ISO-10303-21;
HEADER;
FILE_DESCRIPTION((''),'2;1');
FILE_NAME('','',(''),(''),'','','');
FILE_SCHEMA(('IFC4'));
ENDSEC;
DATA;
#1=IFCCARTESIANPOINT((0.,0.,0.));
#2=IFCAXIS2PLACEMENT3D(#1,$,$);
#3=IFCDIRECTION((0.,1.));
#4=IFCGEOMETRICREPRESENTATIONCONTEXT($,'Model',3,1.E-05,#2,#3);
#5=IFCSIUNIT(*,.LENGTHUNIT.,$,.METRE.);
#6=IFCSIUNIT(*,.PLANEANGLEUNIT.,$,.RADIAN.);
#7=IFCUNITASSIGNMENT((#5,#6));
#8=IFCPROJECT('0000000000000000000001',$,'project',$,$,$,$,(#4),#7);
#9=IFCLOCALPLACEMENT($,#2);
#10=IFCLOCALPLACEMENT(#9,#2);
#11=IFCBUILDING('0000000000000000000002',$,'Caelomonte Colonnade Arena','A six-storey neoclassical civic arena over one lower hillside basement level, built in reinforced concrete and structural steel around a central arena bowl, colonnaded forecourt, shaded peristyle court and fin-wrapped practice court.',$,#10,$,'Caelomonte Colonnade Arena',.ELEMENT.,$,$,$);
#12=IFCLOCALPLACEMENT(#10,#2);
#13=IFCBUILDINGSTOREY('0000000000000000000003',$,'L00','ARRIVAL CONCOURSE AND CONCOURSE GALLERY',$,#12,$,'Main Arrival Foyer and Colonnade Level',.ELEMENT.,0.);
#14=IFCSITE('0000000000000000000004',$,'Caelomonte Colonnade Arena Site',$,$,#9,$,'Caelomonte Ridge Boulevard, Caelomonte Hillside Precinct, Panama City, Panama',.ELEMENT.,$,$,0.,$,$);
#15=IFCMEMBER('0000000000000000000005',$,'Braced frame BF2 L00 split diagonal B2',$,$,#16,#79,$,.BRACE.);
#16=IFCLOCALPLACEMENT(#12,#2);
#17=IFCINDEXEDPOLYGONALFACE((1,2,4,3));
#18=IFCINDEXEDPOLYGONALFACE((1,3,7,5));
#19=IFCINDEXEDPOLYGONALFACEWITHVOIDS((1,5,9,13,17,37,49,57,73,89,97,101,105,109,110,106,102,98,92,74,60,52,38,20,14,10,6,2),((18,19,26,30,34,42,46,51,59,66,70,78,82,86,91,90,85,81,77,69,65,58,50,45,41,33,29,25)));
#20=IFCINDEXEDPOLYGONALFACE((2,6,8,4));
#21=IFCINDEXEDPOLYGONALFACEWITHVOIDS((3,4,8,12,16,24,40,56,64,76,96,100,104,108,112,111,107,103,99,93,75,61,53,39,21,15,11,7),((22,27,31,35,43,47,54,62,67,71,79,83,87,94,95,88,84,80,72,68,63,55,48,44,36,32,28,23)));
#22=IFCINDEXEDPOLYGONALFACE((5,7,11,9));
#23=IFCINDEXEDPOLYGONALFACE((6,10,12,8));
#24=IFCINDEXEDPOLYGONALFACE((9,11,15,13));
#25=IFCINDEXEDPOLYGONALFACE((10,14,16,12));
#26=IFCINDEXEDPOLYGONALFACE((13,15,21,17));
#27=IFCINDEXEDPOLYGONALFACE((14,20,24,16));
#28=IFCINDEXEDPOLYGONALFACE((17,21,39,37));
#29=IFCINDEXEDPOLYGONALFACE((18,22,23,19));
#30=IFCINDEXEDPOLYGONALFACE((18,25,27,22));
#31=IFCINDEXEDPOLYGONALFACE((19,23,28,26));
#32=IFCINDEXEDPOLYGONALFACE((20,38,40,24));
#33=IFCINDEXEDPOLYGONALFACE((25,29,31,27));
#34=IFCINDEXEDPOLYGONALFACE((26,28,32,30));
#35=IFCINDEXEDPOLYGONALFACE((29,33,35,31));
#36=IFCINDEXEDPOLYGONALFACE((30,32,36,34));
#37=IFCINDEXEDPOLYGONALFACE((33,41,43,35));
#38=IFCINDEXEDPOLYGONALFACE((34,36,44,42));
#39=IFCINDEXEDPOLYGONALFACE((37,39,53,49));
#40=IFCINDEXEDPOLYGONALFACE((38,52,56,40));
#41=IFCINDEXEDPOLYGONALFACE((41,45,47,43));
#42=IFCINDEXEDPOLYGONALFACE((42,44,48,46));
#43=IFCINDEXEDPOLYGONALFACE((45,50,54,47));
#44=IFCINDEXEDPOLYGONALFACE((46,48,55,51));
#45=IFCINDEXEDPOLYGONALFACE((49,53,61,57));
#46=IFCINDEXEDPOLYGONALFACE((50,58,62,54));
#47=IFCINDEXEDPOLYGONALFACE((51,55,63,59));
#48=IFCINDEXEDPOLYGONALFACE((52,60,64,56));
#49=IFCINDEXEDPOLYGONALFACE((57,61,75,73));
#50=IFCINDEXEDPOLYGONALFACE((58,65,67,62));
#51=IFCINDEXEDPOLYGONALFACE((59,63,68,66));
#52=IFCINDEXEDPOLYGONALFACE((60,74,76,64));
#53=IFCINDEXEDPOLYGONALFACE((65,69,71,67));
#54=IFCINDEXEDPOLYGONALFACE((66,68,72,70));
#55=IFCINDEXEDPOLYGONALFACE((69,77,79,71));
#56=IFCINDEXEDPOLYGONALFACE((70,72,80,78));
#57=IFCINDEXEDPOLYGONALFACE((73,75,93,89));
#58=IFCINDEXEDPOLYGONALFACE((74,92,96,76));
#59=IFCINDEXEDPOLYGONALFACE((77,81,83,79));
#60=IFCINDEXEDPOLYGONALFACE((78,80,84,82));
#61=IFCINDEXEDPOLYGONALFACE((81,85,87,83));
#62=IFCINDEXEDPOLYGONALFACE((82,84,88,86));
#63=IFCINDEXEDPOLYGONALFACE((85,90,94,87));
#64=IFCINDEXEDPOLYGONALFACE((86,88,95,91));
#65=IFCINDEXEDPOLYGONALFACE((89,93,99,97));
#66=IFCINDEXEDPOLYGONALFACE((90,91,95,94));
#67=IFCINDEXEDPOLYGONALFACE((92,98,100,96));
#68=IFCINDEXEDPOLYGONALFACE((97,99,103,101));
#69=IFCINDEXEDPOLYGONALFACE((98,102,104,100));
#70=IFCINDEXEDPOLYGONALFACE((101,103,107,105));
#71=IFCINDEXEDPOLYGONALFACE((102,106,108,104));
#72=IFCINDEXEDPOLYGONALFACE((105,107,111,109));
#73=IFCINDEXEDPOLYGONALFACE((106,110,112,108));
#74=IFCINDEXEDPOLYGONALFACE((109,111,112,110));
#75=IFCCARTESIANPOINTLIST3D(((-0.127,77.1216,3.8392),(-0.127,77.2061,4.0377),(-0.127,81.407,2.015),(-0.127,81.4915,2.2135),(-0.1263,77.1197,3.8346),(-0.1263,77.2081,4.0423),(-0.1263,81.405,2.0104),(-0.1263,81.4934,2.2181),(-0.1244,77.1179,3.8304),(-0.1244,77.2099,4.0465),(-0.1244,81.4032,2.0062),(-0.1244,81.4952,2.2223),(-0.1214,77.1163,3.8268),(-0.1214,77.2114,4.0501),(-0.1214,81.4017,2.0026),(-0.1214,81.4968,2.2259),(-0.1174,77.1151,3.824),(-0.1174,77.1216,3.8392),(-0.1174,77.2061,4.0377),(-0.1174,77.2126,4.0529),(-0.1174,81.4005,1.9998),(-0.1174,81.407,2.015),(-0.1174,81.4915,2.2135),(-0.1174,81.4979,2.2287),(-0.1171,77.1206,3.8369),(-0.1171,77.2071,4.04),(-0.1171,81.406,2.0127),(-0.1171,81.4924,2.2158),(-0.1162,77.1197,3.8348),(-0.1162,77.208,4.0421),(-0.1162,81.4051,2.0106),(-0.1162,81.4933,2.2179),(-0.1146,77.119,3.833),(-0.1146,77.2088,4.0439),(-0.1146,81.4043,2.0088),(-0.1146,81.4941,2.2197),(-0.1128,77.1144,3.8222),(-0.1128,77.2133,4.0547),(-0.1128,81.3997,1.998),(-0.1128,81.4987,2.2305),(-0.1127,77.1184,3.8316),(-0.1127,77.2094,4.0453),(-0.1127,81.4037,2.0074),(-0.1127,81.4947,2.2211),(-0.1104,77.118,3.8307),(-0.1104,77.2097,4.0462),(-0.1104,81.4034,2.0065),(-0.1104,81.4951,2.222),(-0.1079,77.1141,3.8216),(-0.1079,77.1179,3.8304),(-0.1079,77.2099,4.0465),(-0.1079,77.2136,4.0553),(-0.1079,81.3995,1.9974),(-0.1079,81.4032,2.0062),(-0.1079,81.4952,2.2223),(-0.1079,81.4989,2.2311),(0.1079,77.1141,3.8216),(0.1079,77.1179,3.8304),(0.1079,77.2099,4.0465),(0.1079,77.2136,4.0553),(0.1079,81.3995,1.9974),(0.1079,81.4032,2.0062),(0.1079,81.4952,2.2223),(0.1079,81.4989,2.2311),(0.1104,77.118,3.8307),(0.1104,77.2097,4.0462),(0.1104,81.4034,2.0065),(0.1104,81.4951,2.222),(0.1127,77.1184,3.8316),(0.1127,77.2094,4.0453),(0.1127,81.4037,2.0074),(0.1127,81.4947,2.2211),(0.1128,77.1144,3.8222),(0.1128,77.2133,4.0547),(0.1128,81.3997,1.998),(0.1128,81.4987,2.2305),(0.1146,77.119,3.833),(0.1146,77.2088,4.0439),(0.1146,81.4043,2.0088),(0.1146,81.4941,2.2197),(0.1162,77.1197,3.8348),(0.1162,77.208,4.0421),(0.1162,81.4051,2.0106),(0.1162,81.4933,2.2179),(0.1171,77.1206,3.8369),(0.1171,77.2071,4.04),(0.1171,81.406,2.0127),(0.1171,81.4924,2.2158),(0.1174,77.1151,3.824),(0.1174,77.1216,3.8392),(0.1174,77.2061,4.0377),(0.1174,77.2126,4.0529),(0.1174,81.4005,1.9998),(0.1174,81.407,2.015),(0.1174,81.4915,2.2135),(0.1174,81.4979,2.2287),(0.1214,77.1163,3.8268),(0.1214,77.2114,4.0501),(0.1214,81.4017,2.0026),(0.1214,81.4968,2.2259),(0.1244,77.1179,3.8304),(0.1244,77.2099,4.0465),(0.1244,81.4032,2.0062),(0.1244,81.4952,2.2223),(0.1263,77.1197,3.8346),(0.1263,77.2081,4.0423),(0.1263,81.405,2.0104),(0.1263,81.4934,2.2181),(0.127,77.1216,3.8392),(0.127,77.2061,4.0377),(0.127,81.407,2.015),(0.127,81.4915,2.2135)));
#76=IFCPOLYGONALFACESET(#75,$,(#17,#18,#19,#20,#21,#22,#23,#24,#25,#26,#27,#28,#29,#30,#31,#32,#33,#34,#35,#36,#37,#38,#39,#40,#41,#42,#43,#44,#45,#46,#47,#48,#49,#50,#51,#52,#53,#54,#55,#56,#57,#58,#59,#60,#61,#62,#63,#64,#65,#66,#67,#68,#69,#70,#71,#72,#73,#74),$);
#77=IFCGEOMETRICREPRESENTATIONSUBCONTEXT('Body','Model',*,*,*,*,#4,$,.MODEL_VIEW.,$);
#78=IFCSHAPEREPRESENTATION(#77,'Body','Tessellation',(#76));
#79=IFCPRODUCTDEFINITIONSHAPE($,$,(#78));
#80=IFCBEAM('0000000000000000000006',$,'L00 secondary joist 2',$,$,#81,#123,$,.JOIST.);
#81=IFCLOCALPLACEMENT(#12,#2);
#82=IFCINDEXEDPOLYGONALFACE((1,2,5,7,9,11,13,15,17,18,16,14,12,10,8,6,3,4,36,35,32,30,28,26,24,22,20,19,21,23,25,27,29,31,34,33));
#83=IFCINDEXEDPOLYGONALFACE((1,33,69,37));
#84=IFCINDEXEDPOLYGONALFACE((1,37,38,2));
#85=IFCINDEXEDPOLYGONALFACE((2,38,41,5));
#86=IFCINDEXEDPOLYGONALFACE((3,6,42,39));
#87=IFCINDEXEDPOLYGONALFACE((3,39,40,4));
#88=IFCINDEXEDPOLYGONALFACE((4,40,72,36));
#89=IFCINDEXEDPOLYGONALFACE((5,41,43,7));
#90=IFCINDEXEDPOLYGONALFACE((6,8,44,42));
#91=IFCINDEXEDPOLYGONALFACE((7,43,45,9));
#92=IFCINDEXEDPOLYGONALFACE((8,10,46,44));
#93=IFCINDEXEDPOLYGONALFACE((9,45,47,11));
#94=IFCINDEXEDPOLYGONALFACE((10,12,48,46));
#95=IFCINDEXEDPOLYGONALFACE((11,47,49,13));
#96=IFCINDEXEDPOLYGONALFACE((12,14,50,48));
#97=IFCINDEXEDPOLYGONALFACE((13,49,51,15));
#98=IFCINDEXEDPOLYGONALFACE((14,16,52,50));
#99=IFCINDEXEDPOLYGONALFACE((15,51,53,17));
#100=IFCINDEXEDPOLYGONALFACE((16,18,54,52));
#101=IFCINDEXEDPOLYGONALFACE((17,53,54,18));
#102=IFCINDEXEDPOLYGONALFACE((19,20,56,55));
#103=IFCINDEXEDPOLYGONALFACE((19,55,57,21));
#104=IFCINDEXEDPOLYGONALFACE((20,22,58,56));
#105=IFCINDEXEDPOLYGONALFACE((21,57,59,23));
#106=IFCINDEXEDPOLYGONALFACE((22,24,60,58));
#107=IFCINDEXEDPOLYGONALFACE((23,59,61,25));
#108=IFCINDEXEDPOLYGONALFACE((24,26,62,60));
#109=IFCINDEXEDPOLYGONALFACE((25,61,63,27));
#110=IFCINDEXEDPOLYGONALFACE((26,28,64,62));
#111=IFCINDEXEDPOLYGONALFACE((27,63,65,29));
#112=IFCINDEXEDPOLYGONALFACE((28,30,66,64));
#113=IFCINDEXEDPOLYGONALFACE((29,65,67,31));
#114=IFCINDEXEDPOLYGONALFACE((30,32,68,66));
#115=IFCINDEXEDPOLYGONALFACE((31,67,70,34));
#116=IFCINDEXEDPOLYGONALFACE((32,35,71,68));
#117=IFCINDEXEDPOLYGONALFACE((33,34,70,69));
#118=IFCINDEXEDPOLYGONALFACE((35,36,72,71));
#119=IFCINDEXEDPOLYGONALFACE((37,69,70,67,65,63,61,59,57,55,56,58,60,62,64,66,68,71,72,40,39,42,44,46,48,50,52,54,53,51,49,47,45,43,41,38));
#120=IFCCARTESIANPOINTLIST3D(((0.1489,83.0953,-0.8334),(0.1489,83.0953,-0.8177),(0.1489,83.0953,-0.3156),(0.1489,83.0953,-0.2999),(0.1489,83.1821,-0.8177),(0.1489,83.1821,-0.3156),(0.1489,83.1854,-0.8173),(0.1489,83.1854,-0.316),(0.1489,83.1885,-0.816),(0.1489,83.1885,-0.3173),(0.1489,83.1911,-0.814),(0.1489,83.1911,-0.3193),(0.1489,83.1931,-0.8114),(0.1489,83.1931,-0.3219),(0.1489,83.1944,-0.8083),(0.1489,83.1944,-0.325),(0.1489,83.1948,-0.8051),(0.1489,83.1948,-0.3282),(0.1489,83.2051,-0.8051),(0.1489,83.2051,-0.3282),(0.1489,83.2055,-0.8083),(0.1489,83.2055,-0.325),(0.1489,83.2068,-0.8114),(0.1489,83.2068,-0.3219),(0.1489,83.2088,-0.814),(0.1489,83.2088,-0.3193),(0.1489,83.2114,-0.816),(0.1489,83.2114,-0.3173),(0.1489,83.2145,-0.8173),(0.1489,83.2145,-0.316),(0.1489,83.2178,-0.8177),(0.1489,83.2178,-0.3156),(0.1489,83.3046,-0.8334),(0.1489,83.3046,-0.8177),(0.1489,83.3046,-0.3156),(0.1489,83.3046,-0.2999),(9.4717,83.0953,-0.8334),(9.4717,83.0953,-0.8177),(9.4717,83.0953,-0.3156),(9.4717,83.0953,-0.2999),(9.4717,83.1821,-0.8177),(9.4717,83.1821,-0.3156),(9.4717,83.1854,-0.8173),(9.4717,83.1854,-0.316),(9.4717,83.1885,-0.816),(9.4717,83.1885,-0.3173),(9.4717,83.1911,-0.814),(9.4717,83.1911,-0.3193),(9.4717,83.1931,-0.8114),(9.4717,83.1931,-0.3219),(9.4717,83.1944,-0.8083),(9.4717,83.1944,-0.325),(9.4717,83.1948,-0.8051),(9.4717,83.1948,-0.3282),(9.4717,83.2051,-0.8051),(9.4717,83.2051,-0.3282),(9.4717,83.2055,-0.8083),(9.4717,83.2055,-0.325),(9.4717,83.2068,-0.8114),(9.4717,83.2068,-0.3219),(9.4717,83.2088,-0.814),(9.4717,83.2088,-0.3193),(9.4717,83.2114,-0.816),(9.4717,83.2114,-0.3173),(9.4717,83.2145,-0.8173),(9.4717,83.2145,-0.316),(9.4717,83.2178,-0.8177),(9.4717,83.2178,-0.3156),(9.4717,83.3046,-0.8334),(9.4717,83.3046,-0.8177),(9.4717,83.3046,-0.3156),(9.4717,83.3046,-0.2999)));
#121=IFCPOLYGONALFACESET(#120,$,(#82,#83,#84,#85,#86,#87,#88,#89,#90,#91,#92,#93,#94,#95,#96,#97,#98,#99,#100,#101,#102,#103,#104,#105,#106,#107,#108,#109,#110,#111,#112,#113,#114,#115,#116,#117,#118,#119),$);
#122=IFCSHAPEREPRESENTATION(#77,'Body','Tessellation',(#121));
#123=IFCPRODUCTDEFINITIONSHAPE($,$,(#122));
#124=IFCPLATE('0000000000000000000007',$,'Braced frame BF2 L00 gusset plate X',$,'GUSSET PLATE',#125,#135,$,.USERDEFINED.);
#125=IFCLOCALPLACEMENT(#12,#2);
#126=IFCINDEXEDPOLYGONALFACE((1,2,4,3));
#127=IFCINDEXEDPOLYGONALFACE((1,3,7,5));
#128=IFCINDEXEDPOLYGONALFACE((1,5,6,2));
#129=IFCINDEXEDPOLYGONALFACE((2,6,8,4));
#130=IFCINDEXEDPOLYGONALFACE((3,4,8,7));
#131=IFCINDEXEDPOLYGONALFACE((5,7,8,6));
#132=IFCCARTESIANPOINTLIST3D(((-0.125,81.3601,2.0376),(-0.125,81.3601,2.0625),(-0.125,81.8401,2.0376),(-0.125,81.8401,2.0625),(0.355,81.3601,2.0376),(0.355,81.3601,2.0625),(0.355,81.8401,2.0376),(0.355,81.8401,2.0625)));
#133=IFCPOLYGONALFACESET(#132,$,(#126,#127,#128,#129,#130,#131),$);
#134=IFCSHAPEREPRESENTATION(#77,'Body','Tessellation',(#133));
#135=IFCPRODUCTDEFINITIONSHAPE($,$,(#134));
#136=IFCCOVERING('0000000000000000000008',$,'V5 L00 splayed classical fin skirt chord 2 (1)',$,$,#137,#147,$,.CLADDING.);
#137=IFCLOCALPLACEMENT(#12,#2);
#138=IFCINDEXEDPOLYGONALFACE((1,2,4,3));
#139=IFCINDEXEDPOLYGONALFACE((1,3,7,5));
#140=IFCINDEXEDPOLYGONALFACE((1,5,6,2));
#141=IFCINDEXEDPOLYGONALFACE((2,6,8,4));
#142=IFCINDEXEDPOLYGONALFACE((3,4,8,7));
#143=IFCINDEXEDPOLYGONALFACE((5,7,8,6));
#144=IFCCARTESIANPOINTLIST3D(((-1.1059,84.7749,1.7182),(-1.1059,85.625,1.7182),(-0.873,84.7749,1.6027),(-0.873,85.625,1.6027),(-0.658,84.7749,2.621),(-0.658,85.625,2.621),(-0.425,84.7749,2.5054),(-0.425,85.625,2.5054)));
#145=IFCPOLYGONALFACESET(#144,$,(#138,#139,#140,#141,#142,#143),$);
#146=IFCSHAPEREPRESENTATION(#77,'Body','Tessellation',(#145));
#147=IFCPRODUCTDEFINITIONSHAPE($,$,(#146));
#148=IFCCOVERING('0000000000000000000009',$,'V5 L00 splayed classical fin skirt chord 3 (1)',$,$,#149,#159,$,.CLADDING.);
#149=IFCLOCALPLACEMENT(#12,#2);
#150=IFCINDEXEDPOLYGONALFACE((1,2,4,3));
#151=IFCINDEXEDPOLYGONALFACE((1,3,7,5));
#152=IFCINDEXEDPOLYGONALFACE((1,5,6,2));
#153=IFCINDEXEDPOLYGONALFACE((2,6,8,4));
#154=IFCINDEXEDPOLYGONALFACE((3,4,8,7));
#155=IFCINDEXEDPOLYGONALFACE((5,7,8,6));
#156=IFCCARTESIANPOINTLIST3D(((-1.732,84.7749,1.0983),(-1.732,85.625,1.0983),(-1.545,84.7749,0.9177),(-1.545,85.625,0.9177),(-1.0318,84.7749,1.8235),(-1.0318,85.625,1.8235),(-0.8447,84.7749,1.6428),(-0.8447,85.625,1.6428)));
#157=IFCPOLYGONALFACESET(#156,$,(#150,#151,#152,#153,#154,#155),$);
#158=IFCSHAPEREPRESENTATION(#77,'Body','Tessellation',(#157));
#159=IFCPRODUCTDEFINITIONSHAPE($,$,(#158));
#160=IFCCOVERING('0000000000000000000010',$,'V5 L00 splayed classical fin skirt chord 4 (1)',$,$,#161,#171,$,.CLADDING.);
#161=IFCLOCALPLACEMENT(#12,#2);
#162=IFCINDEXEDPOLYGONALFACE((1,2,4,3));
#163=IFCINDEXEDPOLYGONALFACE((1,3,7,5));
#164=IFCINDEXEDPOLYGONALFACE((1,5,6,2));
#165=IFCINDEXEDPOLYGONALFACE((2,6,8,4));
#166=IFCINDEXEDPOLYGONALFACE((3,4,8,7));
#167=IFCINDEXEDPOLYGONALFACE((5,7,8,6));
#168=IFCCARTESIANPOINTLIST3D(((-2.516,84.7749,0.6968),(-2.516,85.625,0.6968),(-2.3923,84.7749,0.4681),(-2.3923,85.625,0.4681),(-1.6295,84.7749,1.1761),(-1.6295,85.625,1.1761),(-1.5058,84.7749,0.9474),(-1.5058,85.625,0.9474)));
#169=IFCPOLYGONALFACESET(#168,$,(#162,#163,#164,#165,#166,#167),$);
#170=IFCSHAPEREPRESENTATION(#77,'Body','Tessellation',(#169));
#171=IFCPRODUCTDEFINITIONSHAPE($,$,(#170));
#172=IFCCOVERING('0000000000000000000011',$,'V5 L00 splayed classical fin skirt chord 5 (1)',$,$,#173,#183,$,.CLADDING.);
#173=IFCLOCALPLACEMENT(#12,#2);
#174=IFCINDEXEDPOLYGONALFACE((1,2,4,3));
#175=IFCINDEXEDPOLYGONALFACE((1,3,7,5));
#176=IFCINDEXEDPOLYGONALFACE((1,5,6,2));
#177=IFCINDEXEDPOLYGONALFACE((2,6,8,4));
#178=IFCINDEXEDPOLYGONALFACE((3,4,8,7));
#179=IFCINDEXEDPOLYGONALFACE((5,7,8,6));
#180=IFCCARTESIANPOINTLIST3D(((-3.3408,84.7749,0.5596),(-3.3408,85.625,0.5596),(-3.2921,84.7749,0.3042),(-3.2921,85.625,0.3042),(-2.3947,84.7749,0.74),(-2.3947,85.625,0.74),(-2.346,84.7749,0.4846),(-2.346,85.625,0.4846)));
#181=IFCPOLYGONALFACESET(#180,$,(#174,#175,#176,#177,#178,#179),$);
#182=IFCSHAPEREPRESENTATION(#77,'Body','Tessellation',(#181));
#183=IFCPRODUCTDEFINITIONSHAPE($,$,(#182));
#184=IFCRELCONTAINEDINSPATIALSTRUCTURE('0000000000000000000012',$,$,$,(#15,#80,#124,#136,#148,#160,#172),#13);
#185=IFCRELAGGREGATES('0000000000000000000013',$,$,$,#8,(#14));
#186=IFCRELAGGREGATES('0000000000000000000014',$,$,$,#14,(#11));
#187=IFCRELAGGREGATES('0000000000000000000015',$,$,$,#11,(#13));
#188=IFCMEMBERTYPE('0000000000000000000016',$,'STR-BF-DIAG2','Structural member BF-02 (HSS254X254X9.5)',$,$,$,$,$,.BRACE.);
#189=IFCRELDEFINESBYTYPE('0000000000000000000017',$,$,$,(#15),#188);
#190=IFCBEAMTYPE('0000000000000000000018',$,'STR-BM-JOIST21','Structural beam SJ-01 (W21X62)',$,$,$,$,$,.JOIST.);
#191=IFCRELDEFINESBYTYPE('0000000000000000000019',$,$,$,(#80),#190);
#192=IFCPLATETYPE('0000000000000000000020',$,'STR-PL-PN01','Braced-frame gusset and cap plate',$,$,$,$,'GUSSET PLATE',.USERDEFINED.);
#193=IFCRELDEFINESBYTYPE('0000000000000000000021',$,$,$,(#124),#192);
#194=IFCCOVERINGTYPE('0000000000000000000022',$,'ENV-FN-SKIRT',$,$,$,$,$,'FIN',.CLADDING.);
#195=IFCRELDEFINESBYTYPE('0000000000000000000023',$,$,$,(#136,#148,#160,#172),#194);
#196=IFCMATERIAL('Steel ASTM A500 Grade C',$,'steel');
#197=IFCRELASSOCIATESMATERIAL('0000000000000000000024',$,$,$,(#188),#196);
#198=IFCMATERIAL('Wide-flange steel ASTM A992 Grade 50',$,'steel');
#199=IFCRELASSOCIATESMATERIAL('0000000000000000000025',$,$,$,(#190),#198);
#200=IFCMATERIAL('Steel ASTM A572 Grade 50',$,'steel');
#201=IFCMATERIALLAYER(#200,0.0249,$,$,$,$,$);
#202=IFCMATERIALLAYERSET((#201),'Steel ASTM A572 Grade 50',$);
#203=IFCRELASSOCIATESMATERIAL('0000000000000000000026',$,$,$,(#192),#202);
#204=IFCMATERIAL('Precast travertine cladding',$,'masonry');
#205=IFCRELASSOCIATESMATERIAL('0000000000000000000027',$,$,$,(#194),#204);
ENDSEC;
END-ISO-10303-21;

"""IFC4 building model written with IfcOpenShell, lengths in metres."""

from ifc_helpers import new_model, si_unit, direction, frame, origin, origin_2d, place, context, subcontext, project, spatial, rectangle, hollow_rectangle, i_section, extrude, material, layer, layer_set, material_profile, profile_set, type_object, element, save


model = new_model("IFC4")

# Units and contexts
model_context = context("Model", 3, precision=1e-05, world=origin(), true_north=direction((0.0, 1.0)))
body_context = subcontext(model_context, "Body", "Model", "MODEL_VIEW")
ifc_project = project(units=[si_unit("LENGTHUNIT", "METRE"), si_unit("PLANEANGLEUNIT", "RADIAN")], contexts=[model_context])

# Site, building, storey
site_placement = place(None, origin())
site = spatial("IfcSite", under=ifc_project, at=site_placement, Name="Caelomonte Colonnade Arena Site", LongName="Caelomonte Ridge Boulevard, Caelomonte Hillside Precinct, Panama City, Panama", CompositionType="ELEMENT", RefElevation=0.0)
building_placement = place(site_placement, origin())
building = spatial("IfcBuilding", under=site, at=building_placement, Name="Caelomonte Colonnade Arena", Description="A six-storey neoclassical civic arena over one lower hillside basement level, built in reinforced concrete and structural steel around a central arena bowl, colonnaded forecourt, shaded peristyle court and fin-wrapped practice court.", LongName="Caelomonte Colonnade Arena", CompositionType="ELEMENT")
storey_placement = place(building_placement, origin())
storey = spatial("IfcBuildingStorey", under=building, at=storey_placement, Name="L00", Description="ARRIVAL CONCOURSE AND CONCOURSE GALLERY", LongName="Main Arrival Foyer and Colonnade Level", CompositionType="ELEMENT", Elevation=0.0)

# Member
ifc_material_1 = material(Name="Steel ASTM A500 Grade C", Category="steel")
ifc_material_profile_1 = material_profile(ifc_material_1, hollow_rectangle(XDim=0.2539, YDim=0.2539, WallThickness=0.0095, InnerFilletRadius=0.0095, OuterFilletRadius=0.019, at=origin_2d()), Name="HSS254X254X9.5")
ifc_profile_set_1 = profile_set([ifc_material_profile_1], Name="Steel ASTM A500 Grade C")
member_type = type_object("IfcMemberType", Name="STR-BF-DIAG2", Description="Structural member BF-02 (HSS254X254X9.5)", PredefinedType="BRACE", material=ifc_profile_set_1)
member_placement = place(storey_placement, frame((0.0, 81.4492, 2.1143), z_axis=(0.0, -0.920105, 0.391672), x_axis=(1.0, 0.0, 0.0)))
element("IfcMember", 1, at=member_placement, inside=storey, type_object=member_type, Name="Braced frame BF2 L00 split diagonal B2", PredefinedType="BRACE", context=body_context, shape_type="SweptSolid", body=[
    extrude(hollow_rectangle(XDim=0.2539, YDim=0.2539, WallThickness=0.0095, InnerFilletRadius=0.0095, OuterFilletRadius=0.019, at=origin_2d()), origin(), (0.0, 0.0, 1.0), 4.6575),
])

# Beam
ifc_material_2 = material(Name="Wide-flange steel ASTM A992 Grade 50", Category="steel")
ifc_material_profile_2 = material_profile(ifc_material_2, i_section(OverallWidth=0.2092, OverallDepth=0.5334, WebThickness=0.0103, FlangeThickness=0.0156, FilletRadius=0.0127, at=origin_2d()), Name="W21X62")
ifc_profile_set_2 = profile_set([ifc_material_profile_2], Name="Wide-flange steel ASTM A992 Grade 50")
beam_type = type_object("IfcBeamType", Name="STR-BM-JOIST21", Description="Structural beam SJ-01 (W21X62)", PredefinedType="JOIST", material=ifc_profile_set_2)
beam_placement = place(storey_placement, frame((0.1489, 83.2, -0.5667), z_axis=(1.0, 0.0, 0.0), x_axis=(0.0, 1.0, 0.0)))
element("IfcBeam", 2, at=beam_placement, inside=storey, type_object=beam_type, Name="L00 secondary joist 2", PredefinedType="JOIST", context=body_context, shape_type="SweptSolid", body=[
    extrude(i_section(OverallWidth=0.2092, OverallDepth=0.5334, WebThickness=0.0103, FlangeThickness=0.0156, FilletRadius=0.0127, at=origin_2d()), origin(), (0.0, 0.0, 1.0), 9.3228),
])

# Plate
ifc_material_3 = material(Name="Steel ASTM A572 Grade 50", Category="steel")
ifc_layer = layer(ifc_material_3, 0.0249)
ifc_layer_set = layer_set([ifc_layer], Name="Steel ASTM A572 Grade 50")
plate_type = type_object("IfcPlateType", Name="STR-PL-PN01", Description="Braced-frame gusset and cap plate", ElementType="GUSSET PLATE", PredefinedType="USERDEFINED", material=ifc_layer_set)
plate_placement = place(storey_placement, frame((0.115, 81.6001, 2.0376), z_axis=(0.0, 0.0, 1.0), x_axis=(1.0, 0.0, 0.0)))
element("IfcPlate", 3, at=plate_placement, inside=storey, type_object=plate_type, Name="Braced frame BF2 L00 gusset plate X", ObjectType="GUSSET PLATE", PredefinedType="USERDEFINED", context=body_context, shape_type="SweptSolid", body=[
    extrude(rectangle(XDim=0.48, YDim=0.48, at=origin_2d()), origin(), (0.0, 0.0, 1.0), 0.0249),
])

# Coverings
ifc_material_4 = material(Name="Precast travertine cladding", Category="masonry")
ifc_material_profile_3 = material_profile(ifc_material_4, rectangle(XDim=0.26, YDim=0.8501, at=origin_2d()), Name="FIN260X850")
ifc_profile_set_3 = profile_set([ifc_material_profile_3], Name="Precast travertine cladding")
covering_type = type_object("IfcCoveringType", Name="ENV-FN-SKIRT", ElementType="FIN", PredefinedType="CLADDING", material=ifc_profile_set_3)
covering_1_placement = place(storey_placement, frame((-0.5415, 85.2, 2.5632), z_axis=(-0.444499, 0.0, -0.89578), x_axis=(-0.89578, 0.0, 0.444499)))
element("IfcCovering", 4, at=covering_1_placement, inside=storey, type_object=covering_type, Name="V5 L00 splayed classical fin skirt chord 2 (1)", PredefinedType="CLADDING", context=body_context, shape_type="SweptSolid", body=[
    extrude(rectangle(XDim=0.26, YDim=0.8501, at=origin_2d()), origin(), (0.0, 0.0, 1.0), 1.0078),
])
covering_2_placement = place(storey_placement, frame((-0.9382, 85.2, 1.7332), z_axis=(-0.694646, 0.0, -0.719351), x_axis=(-0.719351, 0.0, 0.694646)))
element("IfcCovering", 5, at=covering_2_placement, inside=storey, type_object=covering_type, Name="V5 L00 splayed classical fin skirt chord 3 (1)", PredefinedType="CLADDING", context=body_context, shape_type="SweptSolid", body=[
    extrude(rectangle(XDim=0.26, YDim=0.8501, at=origin_2d()), origin(), (0.0, 0.0, 1.0), 1.0081),
])
covering_3_placement = place(storey_placement, frame((-1.5676, 85.2, 1.0618), z_axis=(-0.879676, 0.0, -0.475573), x_axis=(-0.475573, 0.0, 0.879676)))
element("IfcCovering", 6, at=covering_3_placement, inside=storey, type_object=covering_type, Name="V5 L00 splayed classical fin skirt chord 4 (1)", PredefinedType="CLADDING", context=body_context, shape_type="SweptSolid", body=[
    extrude(rectangle(XDim=0.26, YDim=0.8501, at=origin_2d()), origin(), (0.0, 0.0, 1.0), 1.0078),
])
covering_4_placement = place(storey_placement, frame((-2.3704, 85.2, 0.6123), z_axis=(-0.982296, 0.0, -0.187333), x_axis=(-0.187333, 0.0, 0.982296)))
element("IfcCovering", 7, at=covering_4_placement, inside=storey, type_object=covering_type, Name="V5 L00 splayed classical fin skirt chord 5 (1)", PredefinedType="CLADDING", context=body_context, shape_type="SweptSolid", body=[
    extrude(rectangle(XDim=0.26, YDim=0.8501, at=origin_2d()), origin(), (0.0, 0.0, 1.0), 0.9631),
])

save(model, "model.ifc")
